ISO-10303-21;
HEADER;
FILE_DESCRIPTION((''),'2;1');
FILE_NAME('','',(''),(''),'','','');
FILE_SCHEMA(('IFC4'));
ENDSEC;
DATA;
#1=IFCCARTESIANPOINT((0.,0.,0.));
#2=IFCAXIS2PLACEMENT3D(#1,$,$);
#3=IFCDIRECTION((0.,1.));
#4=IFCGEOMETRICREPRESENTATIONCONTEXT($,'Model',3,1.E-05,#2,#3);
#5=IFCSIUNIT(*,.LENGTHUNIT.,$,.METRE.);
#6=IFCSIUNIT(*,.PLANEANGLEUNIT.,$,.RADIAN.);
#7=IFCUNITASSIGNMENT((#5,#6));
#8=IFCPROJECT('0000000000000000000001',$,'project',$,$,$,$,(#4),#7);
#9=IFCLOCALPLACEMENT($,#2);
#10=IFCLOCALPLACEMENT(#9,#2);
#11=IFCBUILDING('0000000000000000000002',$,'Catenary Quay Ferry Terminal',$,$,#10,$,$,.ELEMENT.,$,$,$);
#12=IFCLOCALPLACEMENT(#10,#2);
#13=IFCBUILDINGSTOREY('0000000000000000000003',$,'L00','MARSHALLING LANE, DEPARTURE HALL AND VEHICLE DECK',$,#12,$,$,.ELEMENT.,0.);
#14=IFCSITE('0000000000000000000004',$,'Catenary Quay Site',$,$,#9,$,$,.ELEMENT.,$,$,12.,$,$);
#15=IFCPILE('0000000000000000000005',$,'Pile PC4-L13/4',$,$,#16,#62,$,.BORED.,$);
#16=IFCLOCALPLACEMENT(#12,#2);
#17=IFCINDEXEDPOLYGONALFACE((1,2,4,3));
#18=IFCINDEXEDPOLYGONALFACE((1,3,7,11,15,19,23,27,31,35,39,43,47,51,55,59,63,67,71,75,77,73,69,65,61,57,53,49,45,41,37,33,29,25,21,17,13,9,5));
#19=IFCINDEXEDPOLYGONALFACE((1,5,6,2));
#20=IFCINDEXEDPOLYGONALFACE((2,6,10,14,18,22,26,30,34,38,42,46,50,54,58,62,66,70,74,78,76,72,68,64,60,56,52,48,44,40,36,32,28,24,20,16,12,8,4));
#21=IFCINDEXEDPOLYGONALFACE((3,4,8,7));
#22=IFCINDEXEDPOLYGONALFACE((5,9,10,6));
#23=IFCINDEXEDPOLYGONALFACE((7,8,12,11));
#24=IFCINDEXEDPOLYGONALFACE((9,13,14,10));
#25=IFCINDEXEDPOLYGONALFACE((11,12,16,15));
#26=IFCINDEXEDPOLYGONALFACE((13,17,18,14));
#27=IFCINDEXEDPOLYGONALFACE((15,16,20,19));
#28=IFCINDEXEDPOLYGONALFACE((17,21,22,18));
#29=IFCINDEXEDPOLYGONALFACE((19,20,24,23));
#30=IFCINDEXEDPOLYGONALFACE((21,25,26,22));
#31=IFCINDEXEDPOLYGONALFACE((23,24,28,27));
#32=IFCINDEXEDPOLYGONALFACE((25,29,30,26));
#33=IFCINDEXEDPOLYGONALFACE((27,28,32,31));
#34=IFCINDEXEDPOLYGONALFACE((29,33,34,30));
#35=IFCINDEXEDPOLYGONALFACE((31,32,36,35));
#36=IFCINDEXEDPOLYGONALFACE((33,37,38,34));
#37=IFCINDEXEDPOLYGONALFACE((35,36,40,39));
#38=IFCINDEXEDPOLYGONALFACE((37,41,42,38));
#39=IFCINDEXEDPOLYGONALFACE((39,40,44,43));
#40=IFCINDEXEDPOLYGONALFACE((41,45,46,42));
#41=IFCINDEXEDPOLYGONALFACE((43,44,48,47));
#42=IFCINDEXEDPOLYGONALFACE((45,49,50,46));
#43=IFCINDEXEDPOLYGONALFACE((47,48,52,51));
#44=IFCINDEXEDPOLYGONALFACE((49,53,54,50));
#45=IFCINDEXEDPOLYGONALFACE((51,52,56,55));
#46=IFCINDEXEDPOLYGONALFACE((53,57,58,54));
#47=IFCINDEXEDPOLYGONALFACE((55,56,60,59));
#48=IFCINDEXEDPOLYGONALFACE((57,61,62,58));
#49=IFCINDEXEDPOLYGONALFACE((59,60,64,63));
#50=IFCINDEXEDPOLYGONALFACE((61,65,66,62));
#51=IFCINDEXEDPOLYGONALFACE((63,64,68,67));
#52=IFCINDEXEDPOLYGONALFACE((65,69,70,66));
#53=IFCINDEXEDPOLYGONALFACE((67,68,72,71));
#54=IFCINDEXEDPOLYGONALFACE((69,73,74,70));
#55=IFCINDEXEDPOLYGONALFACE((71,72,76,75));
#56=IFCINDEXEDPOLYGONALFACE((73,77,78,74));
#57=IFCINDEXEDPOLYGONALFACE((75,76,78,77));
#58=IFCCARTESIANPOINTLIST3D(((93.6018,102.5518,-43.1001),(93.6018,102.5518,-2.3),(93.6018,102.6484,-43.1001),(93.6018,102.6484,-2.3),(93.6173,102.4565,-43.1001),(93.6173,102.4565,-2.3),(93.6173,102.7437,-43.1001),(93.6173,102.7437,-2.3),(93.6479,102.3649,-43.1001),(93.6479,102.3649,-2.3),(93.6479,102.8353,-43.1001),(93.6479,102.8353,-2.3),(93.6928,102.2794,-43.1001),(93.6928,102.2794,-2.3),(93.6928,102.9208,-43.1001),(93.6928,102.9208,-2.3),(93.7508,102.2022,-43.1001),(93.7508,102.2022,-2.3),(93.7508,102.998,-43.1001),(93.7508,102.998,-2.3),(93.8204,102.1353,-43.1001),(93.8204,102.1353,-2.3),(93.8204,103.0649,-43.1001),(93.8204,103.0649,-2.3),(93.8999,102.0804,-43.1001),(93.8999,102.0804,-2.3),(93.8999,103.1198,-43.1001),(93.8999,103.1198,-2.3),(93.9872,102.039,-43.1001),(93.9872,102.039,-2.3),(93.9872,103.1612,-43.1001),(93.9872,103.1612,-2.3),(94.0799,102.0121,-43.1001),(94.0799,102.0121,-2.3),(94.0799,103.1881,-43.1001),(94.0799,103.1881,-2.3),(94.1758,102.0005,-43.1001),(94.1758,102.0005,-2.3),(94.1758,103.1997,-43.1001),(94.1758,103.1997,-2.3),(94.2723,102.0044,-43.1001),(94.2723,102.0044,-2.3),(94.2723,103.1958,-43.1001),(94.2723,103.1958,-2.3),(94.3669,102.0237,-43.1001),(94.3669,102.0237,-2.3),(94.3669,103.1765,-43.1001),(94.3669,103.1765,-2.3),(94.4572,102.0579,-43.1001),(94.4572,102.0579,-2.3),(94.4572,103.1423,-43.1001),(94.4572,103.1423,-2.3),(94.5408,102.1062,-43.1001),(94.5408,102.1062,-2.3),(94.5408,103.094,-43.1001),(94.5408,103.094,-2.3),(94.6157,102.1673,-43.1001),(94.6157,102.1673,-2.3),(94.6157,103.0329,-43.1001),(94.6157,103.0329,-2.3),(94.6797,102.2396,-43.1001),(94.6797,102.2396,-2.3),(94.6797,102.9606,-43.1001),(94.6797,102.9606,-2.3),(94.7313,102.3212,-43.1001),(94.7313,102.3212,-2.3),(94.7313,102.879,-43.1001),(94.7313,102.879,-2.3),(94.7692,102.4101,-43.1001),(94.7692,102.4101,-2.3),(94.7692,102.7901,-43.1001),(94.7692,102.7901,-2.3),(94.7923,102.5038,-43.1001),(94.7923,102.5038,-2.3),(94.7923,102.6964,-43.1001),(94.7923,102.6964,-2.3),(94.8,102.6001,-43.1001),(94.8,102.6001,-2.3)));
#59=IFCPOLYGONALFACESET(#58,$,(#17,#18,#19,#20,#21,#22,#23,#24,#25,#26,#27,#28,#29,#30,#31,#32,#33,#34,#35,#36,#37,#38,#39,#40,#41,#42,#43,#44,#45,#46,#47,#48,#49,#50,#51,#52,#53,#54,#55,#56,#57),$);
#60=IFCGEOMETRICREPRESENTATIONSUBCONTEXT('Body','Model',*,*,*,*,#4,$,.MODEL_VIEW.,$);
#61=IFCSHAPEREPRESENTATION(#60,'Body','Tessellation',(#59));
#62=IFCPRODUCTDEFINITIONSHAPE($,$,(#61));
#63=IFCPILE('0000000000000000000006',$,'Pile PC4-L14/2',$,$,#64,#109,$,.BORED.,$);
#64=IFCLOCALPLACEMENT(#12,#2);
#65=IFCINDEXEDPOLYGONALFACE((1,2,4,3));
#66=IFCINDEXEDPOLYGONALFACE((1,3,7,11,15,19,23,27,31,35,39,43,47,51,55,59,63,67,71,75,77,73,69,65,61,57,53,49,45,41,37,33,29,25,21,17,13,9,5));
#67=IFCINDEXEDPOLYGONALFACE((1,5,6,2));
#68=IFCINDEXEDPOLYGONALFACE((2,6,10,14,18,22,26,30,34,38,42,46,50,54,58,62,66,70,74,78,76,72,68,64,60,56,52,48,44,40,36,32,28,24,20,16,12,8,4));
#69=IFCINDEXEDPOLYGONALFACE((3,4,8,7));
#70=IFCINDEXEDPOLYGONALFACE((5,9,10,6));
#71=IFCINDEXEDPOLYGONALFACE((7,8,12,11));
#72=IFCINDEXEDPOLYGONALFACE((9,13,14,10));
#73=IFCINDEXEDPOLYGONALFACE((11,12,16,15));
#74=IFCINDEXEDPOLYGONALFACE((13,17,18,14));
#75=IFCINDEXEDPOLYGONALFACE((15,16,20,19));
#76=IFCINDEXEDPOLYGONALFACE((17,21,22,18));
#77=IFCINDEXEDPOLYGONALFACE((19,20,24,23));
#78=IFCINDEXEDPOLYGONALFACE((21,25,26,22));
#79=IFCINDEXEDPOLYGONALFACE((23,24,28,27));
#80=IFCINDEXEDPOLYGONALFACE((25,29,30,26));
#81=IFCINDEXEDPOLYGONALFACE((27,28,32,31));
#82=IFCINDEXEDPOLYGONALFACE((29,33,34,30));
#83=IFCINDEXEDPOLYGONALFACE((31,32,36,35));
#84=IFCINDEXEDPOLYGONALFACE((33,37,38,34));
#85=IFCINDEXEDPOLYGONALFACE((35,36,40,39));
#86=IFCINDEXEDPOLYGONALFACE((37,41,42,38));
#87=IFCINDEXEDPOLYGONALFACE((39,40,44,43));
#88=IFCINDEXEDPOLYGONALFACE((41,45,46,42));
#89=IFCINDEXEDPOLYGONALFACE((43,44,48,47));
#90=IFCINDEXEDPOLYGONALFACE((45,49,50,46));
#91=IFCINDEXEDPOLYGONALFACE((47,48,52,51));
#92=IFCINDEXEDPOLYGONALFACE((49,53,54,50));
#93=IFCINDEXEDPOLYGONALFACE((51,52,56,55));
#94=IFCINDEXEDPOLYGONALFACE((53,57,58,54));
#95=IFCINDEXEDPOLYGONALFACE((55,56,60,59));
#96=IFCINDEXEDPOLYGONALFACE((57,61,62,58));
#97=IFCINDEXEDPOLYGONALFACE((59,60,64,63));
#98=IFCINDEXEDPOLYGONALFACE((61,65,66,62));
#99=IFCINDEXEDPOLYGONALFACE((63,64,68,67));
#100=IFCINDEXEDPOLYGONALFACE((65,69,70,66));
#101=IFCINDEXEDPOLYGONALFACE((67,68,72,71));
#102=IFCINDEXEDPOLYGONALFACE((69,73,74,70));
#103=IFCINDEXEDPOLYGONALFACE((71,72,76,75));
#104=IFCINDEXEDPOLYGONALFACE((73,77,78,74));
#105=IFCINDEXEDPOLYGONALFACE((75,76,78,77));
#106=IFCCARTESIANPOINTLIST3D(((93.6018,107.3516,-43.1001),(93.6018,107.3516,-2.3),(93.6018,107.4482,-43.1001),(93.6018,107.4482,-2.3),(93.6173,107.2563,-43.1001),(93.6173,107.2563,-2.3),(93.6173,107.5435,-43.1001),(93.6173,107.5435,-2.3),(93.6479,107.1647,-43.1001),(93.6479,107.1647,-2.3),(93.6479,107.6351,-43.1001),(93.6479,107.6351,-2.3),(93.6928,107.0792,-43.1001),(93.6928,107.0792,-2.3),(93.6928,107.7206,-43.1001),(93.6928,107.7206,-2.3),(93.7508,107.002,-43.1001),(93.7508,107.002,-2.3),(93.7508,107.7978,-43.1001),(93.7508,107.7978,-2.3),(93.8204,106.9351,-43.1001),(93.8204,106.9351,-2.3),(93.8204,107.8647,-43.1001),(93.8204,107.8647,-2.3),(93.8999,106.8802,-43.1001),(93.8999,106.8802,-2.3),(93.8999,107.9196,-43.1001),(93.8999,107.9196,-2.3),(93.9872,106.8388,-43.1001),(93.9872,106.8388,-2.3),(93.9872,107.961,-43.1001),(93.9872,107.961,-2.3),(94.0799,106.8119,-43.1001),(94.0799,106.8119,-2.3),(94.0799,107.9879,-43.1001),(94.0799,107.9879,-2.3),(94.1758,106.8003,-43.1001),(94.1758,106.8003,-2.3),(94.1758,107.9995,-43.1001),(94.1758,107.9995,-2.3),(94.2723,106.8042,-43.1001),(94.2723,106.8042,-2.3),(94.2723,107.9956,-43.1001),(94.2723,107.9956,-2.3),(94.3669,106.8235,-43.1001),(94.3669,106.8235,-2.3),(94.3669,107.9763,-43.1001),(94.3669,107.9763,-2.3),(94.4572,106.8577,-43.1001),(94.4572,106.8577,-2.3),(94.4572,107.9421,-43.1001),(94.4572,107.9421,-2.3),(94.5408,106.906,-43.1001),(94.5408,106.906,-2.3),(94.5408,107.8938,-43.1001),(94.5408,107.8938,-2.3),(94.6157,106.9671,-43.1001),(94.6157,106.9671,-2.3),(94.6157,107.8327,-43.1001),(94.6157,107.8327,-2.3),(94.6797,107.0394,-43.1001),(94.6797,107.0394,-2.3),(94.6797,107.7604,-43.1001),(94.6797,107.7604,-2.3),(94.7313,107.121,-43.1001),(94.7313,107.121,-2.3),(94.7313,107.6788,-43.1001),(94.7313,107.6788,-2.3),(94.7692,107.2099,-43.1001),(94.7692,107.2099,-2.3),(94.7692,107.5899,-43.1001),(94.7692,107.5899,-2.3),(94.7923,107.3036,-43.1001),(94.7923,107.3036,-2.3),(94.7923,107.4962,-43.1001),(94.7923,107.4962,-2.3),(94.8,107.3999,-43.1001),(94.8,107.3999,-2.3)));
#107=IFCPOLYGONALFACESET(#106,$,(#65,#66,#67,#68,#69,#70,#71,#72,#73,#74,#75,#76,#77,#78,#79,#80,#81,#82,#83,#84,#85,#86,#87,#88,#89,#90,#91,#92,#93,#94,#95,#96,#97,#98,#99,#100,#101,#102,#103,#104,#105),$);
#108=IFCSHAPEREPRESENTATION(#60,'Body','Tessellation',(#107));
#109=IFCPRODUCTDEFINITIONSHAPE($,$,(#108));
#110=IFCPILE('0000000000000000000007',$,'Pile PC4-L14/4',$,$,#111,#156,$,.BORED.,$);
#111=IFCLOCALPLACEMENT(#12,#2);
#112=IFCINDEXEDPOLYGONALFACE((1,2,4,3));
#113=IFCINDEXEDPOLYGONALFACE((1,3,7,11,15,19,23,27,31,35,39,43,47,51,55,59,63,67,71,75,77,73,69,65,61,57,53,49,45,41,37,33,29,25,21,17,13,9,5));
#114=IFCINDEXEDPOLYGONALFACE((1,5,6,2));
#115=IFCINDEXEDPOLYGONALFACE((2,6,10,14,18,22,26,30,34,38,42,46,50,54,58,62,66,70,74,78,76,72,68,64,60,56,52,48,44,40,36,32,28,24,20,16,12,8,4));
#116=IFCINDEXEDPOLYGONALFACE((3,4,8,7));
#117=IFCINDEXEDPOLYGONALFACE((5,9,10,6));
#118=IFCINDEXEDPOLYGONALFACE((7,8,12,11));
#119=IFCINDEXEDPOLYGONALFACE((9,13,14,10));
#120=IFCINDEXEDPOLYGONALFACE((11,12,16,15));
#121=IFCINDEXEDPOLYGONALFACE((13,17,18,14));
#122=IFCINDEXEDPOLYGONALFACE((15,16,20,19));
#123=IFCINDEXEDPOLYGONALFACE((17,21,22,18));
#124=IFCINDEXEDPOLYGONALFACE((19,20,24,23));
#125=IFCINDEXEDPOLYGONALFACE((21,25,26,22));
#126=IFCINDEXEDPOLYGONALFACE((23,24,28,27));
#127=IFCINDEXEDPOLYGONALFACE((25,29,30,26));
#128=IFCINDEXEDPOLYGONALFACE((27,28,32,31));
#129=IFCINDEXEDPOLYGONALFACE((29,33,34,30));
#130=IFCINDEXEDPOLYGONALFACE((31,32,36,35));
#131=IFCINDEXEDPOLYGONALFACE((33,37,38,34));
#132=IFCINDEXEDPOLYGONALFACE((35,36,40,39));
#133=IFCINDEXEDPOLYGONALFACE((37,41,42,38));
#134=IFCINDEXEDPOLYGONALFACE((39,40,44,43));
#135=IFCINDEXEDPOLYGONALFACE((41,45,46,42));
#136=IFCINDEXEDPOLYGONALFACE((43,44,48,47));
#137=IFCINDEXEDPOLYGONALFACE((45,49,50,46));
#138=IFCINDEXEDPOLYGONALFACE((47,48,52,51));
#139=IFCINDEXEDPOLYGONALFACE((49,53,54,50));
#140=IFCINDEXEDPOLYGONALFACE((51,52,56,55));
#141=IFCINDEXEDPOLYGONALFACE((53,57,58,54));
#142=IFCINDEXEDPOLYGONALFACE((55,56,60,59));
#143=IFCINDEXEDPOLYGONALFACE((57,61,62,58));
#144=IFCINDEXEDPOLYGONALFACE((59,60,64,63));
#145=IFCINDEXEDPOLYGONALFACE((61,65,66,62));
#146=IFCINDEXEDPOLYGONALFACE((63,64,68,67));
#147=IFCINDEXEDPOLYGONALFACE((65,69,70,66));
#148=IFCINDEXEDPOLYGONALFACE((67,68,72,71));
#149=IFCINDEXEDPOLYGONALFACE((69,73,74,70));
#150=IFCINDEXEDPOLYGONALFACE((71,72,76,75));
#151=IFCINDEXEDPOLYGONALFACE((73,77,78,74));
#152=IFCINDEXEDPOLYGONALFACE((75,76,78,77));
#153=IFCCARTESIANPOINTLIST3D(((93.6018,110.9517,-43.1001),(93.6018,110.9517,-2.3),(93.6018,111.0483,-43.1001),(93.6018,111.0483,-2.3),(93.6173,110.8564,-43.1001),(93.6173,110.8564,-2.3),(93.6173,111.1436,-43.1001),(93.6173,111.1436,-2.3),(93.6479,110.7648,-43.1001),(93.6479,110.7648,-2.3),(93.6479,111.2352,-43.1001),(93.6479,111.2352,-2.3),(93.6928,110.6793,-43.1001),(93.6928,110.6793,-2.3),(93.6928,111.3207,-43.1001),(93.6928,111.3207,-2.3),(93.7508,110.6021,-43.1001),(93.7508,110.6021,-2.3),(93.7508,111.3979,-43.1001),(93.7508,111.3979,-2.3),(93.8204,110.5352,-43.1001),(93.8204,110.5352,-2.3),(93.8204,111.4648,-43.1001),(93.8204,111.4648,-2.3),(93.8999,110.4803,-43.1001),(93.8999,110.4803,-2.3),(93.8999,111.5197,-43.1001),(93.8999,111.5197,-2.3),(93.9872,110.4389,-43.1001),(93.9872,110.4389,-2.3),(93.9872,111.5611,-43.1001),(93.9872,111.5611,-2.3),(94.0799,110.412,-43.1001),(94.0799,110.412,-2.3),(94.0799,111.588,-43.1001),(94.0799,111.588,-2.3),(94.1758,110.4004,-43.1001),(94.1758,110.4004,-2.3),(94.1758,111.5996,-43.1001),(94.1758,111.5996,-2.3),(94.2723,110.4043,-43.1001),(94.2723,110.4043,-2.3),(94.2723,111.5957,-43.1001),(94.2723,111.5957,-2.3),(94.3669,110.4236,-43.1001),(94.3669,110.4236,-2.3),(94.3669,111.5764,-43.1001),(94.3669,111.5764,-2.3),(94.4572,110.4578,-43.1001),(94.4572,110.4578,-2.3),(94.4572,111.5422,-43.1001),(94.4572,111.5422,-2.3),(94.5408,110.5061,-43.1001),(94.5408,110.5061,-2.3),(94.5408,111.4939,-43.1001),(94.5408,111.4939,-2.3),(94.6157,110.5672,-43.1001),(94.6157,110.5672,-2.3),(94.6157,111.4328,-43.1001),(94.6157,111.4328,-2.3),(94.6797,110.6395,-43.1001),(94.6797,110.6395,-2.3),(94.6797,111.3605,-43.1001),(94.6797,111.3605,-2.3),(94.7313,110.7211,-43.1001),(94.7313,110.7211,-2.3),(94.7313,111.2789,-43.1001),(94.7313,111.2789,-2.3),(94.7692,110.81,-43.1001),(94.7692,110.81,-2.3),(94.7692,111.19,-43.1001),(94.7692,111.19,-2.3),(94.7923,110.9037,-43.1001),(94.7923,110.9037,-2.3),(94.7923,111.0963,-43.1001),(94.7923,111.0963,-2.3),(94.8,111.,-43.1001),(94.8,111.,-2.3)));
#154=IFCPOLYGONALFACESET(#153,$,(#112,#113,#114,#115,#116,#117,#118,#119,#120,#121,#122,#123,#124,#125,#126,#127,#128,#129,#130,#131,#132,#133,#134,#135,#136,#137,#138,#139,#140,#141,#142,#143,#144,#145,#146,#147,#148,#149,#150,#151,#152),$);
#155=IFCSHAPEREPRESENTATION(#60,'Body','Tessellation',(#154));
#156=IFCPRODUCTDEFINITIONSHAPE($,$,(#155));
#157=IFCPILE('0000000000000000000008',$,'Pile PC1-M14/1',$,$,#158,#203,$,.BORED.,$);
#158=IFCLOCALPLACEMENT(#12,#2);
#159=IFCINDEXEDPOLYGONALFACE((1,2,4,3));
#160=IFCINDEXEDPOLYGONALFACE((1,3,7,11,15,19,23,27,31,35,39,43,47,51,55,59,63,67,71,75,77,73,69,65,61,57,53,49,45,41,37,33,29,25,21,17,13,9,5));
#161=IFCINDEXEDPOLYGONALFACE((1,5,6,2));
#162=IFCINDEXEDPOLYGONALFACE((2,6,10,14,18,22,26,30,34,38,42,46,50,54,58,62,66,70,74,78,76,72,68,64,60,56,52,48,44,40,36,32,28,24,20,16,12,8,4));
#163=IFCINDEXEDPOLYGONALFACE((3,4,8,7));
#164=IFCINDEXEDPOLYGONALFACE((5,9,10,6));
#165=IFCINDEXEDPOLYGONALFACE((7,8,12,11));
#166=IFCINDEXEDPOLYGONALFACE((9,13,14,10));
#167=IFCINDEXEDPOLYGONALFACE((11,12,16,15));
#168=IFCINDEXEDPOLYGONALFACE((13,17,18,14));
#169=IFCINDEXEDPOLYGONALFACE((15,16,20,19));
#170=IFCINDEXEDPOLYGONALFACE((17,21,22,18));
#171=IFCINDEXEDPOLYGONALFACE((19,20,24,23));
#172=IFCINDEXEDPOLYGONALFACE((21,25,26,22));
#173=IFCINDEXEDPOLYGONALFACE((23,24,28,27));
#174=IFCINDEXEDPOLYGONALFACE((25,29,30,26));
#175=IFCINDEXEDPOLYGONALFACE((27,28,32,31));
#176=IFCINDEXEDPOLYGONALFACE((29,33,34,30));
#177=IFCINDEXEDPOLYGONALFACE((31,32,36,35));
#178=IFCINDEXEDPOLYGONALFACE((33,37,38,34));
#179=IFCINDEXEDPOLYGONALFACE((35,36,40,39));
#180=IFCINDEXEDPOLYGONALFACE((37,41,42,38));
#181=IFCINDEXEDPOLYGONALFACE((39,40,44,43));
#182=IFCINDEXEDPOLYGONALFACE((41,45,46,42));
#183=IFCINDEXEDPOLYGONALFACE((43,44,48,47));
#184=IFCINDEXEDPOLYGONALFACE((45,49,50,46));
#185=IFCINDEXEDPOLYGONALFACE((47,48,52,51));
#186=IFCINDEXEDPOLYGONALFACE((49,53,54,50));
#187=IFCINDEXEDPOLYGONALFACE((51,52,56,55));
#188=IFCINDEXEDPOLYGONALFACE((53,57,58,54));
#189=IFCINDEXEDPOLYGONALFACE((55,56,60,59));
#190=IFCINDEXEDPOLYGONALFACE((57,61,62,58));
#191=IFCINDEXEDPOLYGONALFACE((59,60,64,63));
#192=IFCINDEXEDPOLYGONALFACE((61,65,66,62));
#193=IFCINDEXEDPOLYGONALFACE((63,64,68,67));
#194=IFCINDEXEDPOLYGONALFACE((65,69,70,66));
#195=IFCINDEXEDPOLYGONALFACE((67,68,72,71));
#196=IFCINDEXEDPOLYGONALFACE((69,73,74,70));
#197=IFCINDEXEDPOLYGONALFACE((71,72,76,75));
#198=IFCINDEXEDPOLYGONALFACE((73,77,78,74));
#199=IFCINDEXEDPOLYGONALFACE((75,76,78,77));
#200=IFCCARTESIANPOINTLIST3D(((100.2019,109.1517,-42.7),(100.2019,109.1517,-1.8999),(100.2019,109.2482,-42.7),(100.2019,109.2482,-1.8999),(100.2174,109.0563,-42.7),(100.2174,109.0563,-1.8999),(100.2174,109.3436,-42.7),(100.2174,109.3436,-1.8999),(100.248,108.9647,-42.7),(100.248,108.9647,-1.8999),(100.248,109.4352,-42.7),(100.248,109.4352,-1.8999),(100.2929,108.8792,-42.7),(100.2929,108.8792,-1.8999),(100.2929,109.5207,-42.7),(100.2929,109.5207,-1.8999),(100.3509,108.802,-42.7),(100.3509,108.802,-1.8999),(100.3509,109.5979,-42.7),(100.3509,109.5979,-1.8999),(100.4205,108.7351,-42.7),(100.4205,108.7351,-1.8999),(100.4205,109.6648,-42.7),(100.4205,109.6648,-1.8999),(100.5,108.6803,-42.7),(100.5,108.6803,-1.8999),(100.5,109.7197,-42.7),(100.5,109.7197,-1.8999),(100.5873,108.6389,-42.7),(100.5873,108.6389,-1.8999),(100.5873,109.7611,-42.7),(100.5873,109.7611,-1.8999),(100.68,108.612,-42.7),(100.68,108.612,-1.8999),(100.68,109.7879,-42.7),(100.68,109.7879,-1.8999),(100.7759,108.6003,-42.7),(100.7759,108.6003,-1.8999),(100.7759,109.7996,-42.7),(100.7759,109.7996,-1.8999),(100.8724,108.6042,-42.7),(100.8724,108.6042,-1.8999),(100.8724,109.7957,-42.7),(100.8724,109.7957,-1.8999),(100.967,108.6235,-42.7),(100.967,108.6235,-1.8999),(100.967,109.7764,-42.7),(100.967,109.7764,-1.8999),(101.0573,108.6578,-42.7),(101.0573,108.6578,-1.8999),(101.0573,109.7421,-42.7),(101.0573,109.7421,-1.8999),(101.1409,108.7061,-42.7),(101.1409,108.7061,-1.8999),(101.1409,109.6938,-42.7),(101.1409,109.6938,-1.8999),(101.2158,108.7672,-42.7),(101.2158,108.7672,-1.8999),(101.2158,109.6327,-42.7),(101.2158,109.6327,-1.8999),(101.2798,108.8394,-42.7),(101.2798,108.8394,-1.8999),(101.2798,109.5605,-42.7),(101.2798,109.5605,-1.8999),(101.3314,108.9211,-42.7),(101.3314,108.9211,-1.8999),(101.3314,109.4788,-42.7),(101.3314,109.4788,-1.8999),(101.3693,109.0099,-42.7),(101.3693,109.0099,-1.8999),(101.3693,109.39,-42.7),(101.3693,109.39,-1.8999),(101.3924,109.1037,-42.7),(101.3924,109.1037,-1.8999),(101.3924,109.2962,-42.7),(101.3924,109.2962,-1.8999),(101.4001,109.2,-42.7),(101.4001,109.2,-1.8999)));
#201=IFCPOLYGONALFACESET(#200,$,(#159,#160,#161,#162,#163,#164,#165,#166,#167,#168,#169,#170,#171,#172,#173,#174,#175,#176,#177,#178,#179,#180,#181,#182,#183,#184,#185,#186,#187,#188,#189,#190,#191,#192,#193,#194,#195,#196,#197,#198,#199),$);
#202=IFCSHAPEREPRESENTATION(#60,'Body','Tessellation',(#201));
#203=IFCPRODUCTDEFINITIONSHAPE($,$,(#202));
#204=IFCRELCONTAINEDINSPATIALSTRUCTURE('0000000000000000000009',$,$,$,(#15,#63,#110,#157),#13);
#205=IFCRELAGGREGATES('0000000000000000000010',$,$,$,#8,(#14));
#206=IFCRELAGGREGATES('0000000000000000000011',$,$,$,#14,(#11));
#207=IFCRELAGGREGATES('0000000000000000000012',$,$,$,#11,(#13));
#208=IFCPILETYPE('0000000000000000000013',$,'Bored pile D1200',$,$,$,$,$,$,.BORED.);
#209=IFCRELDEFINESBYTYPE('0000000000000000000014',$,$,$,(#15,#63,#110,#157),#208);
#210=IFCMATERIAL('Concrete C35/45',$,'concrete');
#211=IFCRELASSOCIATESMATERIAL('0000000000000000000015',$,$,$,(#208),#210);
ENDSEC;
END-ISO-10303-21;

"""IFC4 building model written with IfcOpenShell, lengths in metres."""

from ifc_helpers import new_model, si_unit, direction, frame, origin, origin_2d, place, context, subcontext, project, spatial, circle, extrude, material, material_profile, profile_set, type_object, element, save


model = new_model("IFC4")

# Units and contexts
model_context = context("Model", 3, precision=1e-05, world=origin(), true_north=direction((0.0, 1.0)))
body_context = subcontext(model_context, "Body", "Model", "MODEL_VIEW")
ifc_project = project(units=[si_unit("LENGTHUNIT", "METRE"), si_unit("PLANEANGLEUNIT", "RADIAN")], contexts=[model_context])

# Site, building, storey
site_placement = place(None, origin())
site = spatial("IfcSite", under=ifc_project, at=site_placement, Name="Catenary Quay Site", CompositionType="ELEMENT", RefElevation=12.0)
building_placement = place(site_placement, origin())
building = spatial("IfcBuilding", under=site, at=building_placement, Name="Catenary Quay Ferry Terminal", CompositionType="ELEMENT")
storey_placement = place(building_placement, origin())
storey = spatial("IfcBuildingStorey", under=building, at=storey_placement, Name="L00", Description="MARSHALLING LANE, DEPARTURE HALL AND VEHICLE DECK", CompositionType="ELEMENT", Elevation=0.0)

# Piles
ifc_material_1 = material(Name="Concrete C35/45", Category="concrete")
ifc_material_profile_1 = material_profile(ifc_material_1, circle(Radius=0.6001, at=origin_2d()), Name="D1200")
ifc_profile_set_1 = profile_set([ifc_material_profile_1], Name="Concrete C35/45")
pile_type = type_object("IfcPileType", Name="Bored pile D1200", PredefinedType="BORED", material=ifc_profile_set_1)
for number, where, z_axis, x_axis, name in (
    (1, (94.2, 102.6001, -2.3), (0.0, 0.0, -1.0), (1.0, 0.0, 0.0), "Pile PC4-L13/4"),
    (2, (94.2, 107.3999, -2.3), (0.0, 0.0, -1.0), (1.0, 0.0, 0.0), "Pile PC4-L14/2"),
    (3, (94.2, 111.0, -2.3), (0.0, 0.0, -1.0), (1.0, 0.0, 0.0), "Pile PC4-L14/4"),
    (4, (100.8, 109.2, -1.8999), (0.0, 0.0, -1.0), (1.0, 0.0, 0.0), "Pile PC1-M14/1"),
):
    element("IfcPile", number, at=place(storey_placement, frame(where, z_axis=z_axis, x_axis=x_axis)), inside=storey, type_object=pile_type, Name=name, PredefinedType="BORED", context=body_context, shape_type="SweptSolid", body=[
        extrude(circle(Radius=0.6001, at=origin_2d()), origin(), (0.0, 0.0, 1.0), 40.8),
    ])

save(model, "model.ifc")
